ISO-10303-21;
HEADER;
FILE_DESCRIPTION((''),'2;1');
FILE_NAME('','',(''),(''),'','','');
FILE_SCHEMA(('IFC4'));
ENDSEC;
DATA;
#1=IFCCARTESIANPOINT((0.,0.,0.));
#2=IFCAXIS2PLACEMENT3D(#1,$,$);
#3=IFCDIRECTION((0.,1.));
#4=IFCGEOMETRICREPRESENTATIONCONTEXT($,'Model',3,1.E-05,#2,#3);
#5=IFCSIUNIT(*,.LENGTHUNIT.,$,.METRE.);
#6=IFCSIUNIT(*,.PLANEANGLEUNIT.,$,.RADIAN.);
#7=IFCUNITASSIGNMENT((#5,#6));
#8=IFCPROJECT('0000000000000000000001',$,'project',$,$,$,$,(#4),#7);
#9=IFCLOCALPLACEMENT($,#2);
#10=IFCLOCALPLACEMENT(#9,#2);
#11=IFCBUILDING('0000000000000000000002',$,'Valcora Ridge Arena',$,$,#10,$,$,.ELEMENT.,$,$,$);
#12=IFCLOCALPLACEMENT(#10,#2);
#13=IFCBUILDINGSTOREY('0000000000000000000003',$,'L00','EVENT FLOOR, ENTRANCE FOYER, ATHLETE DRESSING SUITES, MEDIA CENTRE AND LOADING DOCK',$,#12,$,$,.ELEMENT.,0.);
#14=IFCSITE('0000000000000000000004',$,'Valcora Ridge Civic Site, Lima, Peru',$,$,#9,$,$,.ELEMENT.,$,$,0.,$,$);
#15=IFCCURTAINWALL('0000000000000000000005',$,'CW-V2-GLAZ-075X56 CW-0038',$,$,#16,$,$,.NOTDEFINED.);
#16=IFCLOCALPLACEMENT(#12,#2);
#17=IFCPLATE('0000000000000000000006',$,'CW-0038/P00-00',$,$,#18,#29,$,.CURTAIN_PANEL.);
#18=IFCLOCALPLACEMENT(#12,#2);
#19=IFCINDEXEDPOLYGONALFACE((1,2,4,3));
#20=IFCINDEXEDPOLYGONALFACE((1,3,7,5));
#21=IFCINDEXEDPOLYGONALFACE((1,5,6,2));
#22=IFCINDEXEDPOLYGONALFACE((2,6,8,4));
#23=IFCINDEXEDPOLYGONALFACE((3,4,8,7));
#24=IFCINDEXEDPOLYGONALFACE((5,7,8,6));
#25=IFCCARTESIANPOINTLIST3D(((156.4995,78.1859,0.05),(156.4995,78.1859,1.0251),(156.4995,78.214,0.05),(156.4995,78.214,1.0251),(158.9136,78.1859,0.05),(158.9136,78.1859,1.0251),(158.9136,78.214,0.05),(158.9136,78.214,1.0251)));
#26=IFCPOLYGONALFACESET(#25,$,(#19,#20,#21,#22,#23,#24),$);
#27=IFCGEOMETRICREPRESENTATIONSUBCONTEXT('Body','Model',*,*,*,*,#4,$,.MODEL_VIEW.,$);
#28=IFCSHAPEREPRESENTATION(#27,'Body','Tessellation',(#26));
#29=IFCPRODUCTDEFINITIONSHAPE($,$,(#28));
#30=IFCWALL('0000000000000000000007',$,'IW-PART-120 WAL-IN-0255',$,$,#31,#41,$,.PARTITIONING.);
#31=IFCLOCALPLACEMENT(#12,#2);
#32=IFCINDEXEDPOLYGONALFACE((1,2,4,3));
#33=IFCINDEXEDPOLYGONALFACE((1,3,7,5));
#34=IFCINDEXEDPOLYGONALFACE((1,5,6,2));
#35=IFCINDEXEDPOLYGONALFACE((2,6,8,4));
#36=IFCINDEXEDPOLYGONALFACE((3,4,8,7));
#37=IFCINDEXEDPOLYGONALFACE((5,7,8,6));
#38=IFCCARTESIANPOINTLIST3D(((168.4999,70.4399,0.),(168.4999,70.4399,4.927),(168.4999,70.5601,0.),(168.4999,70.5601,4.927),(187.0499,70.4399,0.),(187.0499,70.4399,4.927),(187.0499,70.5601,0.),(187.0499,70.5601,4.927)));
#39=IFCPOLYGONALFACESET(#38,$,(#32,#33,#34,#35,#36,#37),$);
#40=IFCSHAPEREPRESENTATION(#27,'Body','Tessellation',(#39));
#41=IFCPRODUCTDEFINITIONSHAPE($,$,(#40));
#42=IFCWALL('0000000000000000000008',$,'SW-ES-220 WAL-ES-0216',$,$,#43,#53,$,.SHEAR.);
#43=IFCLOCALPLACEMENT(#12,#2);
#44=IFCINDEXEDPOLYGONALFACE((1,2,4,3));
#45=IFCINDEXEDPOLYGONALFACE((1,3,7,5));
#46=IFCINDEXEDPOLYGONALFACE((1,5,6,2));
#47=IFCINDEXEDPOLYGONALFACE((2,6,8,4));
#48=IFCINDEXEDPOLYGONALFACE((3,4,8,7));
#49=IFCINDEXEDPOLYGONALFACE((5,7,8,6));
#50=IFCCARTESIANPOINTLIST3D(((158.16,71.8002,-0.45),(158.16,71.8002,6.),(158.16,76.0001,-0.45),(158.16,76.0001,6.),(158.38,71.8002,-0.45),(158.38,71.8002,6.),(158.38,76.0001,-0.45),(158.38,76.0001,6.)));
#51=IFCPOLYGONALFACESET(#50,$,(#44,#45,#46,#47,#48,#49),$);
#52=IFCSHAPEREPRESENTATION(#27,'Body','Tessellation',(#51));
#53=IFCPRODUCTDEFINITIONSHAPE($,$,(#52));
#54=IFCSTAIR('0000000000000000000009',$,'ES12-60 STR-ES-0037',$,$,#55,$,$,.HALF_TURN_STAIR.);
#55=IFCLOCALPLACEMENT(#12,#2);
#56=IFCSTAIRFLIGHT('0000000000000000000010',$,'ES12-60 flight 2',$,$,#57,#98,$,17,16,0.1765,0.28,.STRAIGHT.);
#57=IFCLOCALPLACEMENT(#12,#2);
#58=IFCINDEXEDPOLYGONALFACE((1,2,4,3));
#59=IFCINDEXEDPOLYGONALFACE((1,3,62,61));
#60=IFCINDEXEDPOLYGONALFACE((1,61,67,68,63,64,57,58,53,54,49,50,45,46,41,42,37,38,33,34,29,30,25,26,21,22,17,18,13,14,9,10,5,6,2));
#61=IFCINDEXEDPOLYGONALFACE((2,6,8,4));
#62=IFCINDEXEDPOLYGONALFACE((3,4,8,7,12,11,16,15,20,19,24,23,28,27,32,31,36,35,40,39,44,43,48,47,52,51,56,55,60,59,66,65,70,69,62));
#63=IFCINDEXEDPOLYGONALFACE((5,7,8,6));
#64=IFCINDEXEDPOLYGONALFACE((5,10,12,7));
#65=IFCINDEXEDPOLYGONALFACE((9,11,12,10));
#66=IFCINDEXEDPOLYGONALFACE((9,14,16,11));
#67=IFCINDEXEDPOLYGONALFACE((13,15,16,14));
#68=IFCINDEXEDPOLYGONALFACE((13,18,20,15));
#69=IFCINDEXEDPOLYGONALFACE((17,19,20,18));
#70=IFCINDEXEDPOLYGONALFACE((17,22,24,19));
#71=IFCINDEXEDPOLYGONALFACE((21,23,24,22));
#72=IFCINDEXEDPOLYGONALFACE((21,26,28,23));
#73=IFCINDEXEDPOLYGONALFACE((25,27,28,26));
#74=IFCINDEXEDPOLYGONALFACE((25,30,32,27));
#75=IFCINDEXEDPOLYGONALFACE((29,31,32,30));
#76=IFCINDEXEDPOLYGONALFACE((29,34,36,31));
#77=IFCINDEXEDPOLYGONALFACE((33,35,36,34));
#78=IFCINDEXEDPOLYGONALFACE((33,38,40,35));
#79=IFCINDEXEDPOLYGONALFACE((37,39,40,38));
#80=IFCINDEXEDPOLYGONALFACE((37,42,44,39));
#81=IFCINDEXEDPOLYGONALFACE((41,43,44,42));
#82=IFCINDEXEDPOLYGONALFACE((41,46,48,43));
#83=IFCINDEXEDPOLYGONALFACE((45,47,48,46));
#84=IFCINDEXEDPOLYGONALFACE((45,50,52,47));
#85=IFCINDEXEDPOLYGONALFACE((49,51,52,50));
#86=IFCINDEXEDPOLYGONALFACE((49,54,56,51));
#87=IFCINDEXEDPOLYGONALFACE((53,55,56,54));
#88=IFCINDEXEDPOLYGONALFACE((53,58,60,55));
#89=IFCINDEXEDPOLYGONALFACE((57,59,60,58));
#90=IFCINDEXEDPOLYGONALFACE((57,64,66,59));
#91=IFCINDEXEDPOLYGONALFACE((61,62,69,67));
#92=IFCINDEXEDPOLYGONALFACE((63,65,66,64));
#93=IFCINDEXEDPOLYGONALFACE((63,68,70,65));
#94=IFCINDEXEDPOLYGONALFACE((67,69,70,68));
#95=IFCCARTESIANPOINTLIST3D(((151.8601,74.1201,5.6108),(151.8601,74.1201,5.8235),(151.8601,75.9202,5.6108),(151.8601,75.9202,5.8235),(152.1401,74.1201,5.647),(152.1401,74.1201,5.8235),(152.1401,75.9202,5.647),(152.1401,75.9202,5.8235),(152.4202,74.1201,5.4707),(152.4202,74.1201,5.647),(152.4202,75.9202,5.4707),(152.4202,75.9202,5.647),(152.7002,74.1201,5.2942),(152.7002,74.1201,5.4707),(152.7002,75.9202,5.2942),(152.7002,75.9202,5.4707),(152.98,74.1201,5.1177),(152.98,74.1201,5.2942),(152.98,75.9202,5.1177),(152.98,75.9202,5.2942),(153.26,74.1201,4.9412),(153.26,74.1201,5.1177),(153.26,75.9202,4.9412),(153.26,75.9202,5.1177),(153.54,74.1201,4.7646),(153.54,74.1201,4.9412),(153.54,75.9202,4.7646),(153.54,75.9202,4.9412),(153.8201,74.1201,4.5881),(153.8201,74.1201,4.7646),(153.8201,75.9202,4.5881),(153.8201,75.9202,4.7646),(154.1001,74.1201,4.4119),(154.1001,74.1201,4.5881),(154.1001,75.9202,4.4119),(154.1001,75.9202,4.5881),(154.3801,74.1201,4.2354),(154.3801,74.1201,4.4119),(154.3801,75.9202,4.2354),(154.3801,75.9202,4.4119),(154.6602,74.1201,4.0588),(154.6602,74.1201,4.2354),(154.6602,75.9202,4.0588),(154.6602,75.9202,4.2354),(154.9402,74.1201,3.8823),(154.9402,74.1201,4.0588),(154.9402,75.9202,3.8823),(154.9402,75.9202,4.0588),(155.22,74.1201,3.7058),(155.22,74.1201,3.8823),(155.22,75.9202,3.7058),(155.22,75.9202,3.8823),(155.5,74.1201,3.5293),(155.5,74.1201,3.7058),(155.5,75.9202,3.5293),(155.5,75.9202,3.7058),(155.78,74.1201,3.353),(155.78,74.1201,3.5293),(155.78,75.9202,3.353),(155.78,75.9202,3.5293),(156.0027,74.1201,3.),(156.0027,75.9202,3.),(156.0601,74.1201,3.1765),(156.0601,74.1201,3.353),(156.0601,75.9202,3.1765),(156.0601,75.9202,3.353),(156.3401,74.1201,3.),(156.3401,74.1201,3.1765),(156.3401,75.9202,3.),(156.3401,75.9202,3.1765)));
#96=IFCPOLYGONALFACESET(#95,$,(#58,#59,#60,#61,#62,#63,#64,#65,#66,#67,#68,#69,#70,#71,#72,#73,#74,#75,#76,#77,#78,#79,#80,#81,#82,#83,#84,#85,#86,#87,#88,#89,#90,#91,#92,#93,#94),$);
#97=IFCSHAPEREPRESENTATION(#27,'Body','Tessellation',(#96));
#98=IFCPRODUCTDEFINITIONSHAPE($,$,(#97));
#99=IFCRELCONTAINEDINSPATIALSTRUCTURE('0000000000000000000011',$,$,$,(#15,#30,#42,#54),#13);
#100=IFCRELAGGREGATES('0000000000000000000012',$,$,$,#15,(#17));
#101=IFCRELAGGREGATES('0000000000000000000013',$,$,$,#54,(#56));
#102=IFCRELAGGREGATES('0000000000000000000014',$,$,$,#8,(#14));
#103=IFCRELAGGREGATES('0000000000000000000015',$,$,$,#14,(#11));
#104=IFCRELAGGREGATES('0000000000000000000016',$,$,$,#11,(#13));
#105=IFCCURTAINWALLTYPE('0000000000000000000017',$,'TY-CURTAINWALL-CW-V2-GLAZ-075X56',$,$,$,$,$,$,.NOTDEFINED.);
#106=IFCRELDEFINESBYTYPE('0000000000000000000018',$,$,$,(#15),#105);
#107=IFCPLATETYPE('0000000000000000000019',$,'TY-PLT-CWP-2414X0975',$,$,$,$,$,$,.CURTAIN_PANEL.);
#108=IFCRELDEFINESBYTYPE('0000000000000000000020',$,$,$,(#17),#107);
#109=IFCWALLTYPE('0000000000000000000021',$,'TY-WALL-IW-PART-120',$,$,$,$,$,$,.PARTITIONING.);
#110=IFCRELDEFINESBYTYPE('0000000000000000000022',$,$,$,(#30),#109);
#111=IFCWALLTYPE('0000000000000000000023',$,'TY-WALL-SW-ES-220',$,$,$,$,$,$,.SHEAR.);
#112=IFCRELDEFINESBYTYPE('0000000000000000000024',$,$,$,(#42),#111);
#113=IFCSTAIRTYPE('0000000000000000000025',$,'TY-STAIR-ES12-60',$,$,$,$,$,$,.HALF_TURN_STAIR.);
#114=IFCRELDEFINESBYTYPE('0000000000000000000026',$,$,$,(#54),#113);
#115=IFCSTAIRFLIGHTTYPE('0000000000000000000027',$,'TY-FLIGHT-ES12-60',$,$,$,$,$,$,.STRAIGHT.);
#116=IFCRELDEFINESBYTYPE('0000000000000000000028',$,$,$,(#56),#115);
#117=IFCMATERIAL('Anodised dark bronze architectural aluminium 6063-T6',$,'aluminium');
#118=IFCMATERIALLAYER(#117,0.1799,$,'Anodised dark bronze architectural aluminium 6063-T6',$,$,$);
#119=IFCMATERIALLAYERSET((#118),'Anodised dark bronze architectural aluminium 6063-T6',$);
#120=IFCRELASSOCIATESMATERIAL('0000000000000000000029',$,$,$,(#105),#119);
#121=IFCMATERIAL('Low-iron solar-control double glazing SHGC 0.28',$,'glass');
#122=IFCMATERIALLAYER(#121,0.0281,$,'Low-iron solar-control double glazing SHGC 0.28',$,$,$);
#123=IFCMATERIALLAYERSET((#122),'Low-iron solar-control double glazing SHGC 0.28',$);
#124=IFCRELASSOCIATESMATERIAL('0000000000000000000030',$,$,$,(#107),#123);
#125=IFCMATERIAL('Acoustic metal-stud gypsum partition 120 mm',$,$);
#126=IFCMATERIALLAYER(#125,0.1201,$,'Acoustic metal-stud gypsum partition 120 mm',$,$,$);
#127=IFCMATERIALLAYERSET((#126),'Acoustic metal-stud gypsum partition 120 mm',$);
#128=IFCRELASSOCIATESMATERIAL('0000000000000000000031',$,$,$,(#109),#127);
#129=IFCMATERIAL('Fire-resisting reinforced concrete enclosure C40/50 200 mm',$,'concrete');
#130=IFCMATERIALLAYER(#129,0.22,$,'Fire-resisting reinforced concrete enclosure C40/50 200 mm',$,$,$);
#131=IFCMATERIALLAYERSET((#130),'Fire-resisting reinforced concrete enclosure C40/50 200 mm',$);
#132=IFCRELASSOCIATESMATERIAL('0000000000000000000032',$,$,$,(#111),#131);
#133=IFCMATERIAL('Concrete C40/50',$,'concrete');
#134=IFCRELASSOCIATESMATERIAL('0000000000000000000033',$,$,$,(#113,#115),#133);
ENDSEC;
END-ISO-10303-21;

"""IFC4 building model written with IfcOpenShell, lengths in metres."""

from ifc_helpers import new_model, si_unit, direction, frame, frame_2d, origin, origin_2d, place, context, subcontext, project, spatial, polyline, rectangle, outline, extrude, material, layer, layer_set, type_object, element, aggregate, save


model = new_model("IFC4")

# Units and contexts
model_context = context("Model", 3, precision=1e-05, world=origin(), true_north=direction((0.0, 1.0)))
body_context = subcontext(model_context, "Body", "Model", "MODEL_VIEW")
ifc_project = project(units=[si_unit("LENGTHUNIT", "METRE"), si_unit("PLANEANGLEUNIT", "RADIAN")], contexts=[model_context])

# Site, building, storey
site_placement = place(None, origin())
site = spatial("IfcSite", under=ifc_project, at=site_placement, Name="Valcora Ridge Civic Site, Lima, Peru", CompositionType="ELEMENT", RefElevation=0.0)
building_placement = place(site_placement, origin())
building = spatial("IfcBuilding", under=site, at=building_placement, Name="Valcora Ridge Arena", CompositionType="ELEMENT")
storey_placement = place(building_placement, origin())
storey = spatial("IfcBuildingStorey", under=building, at=storey_placement, Name="L00", Description="EVENT FLOOR, ENTRANCE FOYER, ATHLETE DRESSING SUITES, MEDIA CENTRE AND LOADING DOCK", CompositionType="ELEMENT", Elevation=0.0)

# Shared definitions
ifc_material_1 = material(Name="Concrete C40/50", Category="concrete")
ifc_material_2 = material(Name="Fire-resisting reinforced concrete enclosure C40/50 200 mm", Category="concrete")

# Shared definitions
ifc_material_3 = material(Name="Anodised dark bronze architectural aluminium 6063-T6", Category="aluminium")

# Curtain wall
ifc_layer_1 = layer(ifc_material_3, 0.1799, Name="Anodised dark bronze architectural aluminium 6063-T6")
ifc_layer_set_1 = layer_set([ifc_layer_1], Name="Anodised dark bronze architectural aluminium 6063-T6")
curtain_wall_type_1 = type_object("IfcCurtainWallType", Name="TY-CURTAINWALL-CW-V2-GLAZ-075X56", PredefinedType="NOTDEFINED", material=ifc_layer_set_1)
curtain_wall_1_placement = place(storey_placement, origin())
curtain_wall_1 = element("IfcCurtainWall", 1, at=curtain_wall_1_placement, inside=storey, type_object=curtain_wall_type_1, Name="CW-V2-GLAZ-075X56 CW-0038", PredefinedType="NOTDEFINED")

# Plate
ifc_material_4 = material(Name="Low-iron solar-control double glazing SHGC 0.28", Category="glass")
ifc_layer_2 = layer(ifc_material_4, 0.0281, Name="Low-iron solar-control double glazing SHGC 0.28")
ifc_layer_set_2 = layer_set([ifc_layer_2], Name="Low-iron solar-control double glazing SHGC 0.28")
plate_type_1 = type_object("IfcPlateType", Name="TY-PLT-CWP-2414X0975", PredefinedType="CURTAIN_PANEL", material=ifc_layer_set_2)
plate_1_placement = place(storey_placement, frame((157.7065, 78.2, 0.05), z_axis=(0.0, 0.0, 1.0), x_axis=(1.0, 0.0, 0.0)))
plate_1 = element("IfcPlate", 2, at=plate_1_placement, type_object=plate_type_1, Name="CW-0038/P00-00", PredefinedType="CURTAIN_PANEL", context=body_context, shape_type="SweptSolid", body=[
    extrude(rectangle(XDim=2.4141, YDim=0.0281, at=origin_2d()), origin(), (0.0, 0.0, 1.0), 0.9751),
])
aggregate(curtain_wall_1, [plate_1])

# Walls
ifc_material_5 = material(Name="Acoustic metal-stud gypsum partition 120 mm")
ifc_layer_3 = layer(ifc_material_5, 0.1201, Name="Acoustic metal-stud gypsum partition 120 mm")
ifc_layer_set_3 = layer_set([ifc_layer_3], Name="Acoustic metal-stud gypsum partition 120 mm")
wall_type_1 = type_object("IfcWallType", Name="TY-WALL-IW-PART-120", PredefinedType="PARTITIONING", material=ifc_layer_set_3)
wall_1_placement = place(storey_placement, frame((168.5, 70.5, 0.0), z_axis=(0.0, 0.0, 1.0), x_axis=(1.0, 0.0, 0.0)))
element("IfcWall", 3, at=wall_1_placement, inside=storey, type_object=wall_type_1, Name="IW-PART-120 WAL-IN-0255", PredefinedType="PARTITIONING", context=body_context, shape_type="SweptSolid", body=[
    extrude(rectangle(XDim=18.55, YDim=0.1201, at=frame_2d((9.2749, 0.0))), origin(), (0.0, 0.0, 1.0), 4.927),
])
ifc_layer_4 = layer(ifc_material_2, 0.22, Name="Fire-resisting reinforced concrete enclosure C40/50 200 mm")
ifc_layer_set_4 = layer_set([ifc_layer_4], Name="Fire-resisting reinforced concrete enclosure C40/50 200 mm")
wall_type_2 = type_object("IfcWallType", Name="TY-WALL-SW-ES-220", PredefinedType="SHEAR", material=ifc_layer_set_4)
wall_2_placement = place(storey_placement, frame((158.27, 71.8, -0.45), z_axis=(0.0, 0.0, 1.0), x_axis=(0.0, 1.0, 0.0)))
element("IfcWall", 4, at=wall_2_placement, inside=storey, type_object=wall_type_2, Name="SW-ES-220 WAL-ES-0216", PredefinedType="SHEAR", context=body_context, shape_type="SweptSolid", body=[
    extrude(rectangle(XDim=4.2, YDim=0.22, at=frame_2d((2.1001, 0.0))), origin(), (0.0, 0.0, 1.0), 6.45),
])

# Stair, stair flight
stair_type = type_object("IfcStairType", Name="TY-STAIR-ES12-60", PredefinedType="HALF_TURN_STAIR", material=ifc_material_1)
stair_placement = place(storey_placement, origin())
stair = element("IfcStair", 5, at=stair_placement, inside=storey, type_object=stair_type, Name="ES12-60 STR-ES-0037", PredefinedType="HALF_TURN_STAIR")
stair_flight_type = type_object("IfcStairFlightType", Name="TY-FLIGHT-ES12-60", PredefinedType="STRAIGHT", material=ifc_material_1)
stair_flight_placement = place(storey_placement, frame((156.3401, 75.02, 3.0), z_axis=(0.0, 0.0, 1.0), x_axis=(-1.0, 0.0, 0.0)))
stair_flight = element("IfcStairFlight", 6, at=stair_flight_placement, type_object=stair_flight_type, Name="ES12-60 flight 2", NumberOfRisers=17, NumberOfTreads=16, PredefinedType="STRAIGHT", RiserHeight=0.1765, TreadLength=0.28, context=body_context, shape_type="SweptSolid", body=[
    extrude(outline(polyline([(0.0, 0.0), (0.0, 0.1765), (0.28, 0.1765), (0.28, 0.353), (0.5601, 0.353), (0.5601, 0.5293), (0.8401, 0.5293), (0.8401, 0.7058), (1.1201, 0.7058), (1.1201, 0.8823), (1.3999, 0.8823), (1.3999, 1.0588), (1.6799, 1.0588), (1.6799, 1.2354), (1.96, 1.2354), (1.96, 1.4119), (2.24, 1.4119), (2.24, 1.5881), (2.52, 1.5881), (2.52, 1.7646), (2.8, 1.7646), (2.8, 1.9412), (3.0801, 1.9412), (3.0801, 2.1177), (3.3601, 2.1177), (3.3601, 2.2942), (3.6399, 2.2942), (3.6399, 2.4707), (3.9199, 2.4707), (3.9199, 2.647), (4.2, 2.647), (4.2, 2.8235), (4.48, 2.8235), (4.48, 3.0), (4.48, 2.6108), (0.3374, 0.0), (0.0, 0.0)])), frame((0.0, 0.8999, 0.0), z_axis=(0.0, -1.0, 0.0), x_axis=(1.0, 0.0, 0.0)), (0.0, 0.0, 1.0), 1.8),
])
aggregate(stair, [stair_flight])

save(model, "model.ifc")
